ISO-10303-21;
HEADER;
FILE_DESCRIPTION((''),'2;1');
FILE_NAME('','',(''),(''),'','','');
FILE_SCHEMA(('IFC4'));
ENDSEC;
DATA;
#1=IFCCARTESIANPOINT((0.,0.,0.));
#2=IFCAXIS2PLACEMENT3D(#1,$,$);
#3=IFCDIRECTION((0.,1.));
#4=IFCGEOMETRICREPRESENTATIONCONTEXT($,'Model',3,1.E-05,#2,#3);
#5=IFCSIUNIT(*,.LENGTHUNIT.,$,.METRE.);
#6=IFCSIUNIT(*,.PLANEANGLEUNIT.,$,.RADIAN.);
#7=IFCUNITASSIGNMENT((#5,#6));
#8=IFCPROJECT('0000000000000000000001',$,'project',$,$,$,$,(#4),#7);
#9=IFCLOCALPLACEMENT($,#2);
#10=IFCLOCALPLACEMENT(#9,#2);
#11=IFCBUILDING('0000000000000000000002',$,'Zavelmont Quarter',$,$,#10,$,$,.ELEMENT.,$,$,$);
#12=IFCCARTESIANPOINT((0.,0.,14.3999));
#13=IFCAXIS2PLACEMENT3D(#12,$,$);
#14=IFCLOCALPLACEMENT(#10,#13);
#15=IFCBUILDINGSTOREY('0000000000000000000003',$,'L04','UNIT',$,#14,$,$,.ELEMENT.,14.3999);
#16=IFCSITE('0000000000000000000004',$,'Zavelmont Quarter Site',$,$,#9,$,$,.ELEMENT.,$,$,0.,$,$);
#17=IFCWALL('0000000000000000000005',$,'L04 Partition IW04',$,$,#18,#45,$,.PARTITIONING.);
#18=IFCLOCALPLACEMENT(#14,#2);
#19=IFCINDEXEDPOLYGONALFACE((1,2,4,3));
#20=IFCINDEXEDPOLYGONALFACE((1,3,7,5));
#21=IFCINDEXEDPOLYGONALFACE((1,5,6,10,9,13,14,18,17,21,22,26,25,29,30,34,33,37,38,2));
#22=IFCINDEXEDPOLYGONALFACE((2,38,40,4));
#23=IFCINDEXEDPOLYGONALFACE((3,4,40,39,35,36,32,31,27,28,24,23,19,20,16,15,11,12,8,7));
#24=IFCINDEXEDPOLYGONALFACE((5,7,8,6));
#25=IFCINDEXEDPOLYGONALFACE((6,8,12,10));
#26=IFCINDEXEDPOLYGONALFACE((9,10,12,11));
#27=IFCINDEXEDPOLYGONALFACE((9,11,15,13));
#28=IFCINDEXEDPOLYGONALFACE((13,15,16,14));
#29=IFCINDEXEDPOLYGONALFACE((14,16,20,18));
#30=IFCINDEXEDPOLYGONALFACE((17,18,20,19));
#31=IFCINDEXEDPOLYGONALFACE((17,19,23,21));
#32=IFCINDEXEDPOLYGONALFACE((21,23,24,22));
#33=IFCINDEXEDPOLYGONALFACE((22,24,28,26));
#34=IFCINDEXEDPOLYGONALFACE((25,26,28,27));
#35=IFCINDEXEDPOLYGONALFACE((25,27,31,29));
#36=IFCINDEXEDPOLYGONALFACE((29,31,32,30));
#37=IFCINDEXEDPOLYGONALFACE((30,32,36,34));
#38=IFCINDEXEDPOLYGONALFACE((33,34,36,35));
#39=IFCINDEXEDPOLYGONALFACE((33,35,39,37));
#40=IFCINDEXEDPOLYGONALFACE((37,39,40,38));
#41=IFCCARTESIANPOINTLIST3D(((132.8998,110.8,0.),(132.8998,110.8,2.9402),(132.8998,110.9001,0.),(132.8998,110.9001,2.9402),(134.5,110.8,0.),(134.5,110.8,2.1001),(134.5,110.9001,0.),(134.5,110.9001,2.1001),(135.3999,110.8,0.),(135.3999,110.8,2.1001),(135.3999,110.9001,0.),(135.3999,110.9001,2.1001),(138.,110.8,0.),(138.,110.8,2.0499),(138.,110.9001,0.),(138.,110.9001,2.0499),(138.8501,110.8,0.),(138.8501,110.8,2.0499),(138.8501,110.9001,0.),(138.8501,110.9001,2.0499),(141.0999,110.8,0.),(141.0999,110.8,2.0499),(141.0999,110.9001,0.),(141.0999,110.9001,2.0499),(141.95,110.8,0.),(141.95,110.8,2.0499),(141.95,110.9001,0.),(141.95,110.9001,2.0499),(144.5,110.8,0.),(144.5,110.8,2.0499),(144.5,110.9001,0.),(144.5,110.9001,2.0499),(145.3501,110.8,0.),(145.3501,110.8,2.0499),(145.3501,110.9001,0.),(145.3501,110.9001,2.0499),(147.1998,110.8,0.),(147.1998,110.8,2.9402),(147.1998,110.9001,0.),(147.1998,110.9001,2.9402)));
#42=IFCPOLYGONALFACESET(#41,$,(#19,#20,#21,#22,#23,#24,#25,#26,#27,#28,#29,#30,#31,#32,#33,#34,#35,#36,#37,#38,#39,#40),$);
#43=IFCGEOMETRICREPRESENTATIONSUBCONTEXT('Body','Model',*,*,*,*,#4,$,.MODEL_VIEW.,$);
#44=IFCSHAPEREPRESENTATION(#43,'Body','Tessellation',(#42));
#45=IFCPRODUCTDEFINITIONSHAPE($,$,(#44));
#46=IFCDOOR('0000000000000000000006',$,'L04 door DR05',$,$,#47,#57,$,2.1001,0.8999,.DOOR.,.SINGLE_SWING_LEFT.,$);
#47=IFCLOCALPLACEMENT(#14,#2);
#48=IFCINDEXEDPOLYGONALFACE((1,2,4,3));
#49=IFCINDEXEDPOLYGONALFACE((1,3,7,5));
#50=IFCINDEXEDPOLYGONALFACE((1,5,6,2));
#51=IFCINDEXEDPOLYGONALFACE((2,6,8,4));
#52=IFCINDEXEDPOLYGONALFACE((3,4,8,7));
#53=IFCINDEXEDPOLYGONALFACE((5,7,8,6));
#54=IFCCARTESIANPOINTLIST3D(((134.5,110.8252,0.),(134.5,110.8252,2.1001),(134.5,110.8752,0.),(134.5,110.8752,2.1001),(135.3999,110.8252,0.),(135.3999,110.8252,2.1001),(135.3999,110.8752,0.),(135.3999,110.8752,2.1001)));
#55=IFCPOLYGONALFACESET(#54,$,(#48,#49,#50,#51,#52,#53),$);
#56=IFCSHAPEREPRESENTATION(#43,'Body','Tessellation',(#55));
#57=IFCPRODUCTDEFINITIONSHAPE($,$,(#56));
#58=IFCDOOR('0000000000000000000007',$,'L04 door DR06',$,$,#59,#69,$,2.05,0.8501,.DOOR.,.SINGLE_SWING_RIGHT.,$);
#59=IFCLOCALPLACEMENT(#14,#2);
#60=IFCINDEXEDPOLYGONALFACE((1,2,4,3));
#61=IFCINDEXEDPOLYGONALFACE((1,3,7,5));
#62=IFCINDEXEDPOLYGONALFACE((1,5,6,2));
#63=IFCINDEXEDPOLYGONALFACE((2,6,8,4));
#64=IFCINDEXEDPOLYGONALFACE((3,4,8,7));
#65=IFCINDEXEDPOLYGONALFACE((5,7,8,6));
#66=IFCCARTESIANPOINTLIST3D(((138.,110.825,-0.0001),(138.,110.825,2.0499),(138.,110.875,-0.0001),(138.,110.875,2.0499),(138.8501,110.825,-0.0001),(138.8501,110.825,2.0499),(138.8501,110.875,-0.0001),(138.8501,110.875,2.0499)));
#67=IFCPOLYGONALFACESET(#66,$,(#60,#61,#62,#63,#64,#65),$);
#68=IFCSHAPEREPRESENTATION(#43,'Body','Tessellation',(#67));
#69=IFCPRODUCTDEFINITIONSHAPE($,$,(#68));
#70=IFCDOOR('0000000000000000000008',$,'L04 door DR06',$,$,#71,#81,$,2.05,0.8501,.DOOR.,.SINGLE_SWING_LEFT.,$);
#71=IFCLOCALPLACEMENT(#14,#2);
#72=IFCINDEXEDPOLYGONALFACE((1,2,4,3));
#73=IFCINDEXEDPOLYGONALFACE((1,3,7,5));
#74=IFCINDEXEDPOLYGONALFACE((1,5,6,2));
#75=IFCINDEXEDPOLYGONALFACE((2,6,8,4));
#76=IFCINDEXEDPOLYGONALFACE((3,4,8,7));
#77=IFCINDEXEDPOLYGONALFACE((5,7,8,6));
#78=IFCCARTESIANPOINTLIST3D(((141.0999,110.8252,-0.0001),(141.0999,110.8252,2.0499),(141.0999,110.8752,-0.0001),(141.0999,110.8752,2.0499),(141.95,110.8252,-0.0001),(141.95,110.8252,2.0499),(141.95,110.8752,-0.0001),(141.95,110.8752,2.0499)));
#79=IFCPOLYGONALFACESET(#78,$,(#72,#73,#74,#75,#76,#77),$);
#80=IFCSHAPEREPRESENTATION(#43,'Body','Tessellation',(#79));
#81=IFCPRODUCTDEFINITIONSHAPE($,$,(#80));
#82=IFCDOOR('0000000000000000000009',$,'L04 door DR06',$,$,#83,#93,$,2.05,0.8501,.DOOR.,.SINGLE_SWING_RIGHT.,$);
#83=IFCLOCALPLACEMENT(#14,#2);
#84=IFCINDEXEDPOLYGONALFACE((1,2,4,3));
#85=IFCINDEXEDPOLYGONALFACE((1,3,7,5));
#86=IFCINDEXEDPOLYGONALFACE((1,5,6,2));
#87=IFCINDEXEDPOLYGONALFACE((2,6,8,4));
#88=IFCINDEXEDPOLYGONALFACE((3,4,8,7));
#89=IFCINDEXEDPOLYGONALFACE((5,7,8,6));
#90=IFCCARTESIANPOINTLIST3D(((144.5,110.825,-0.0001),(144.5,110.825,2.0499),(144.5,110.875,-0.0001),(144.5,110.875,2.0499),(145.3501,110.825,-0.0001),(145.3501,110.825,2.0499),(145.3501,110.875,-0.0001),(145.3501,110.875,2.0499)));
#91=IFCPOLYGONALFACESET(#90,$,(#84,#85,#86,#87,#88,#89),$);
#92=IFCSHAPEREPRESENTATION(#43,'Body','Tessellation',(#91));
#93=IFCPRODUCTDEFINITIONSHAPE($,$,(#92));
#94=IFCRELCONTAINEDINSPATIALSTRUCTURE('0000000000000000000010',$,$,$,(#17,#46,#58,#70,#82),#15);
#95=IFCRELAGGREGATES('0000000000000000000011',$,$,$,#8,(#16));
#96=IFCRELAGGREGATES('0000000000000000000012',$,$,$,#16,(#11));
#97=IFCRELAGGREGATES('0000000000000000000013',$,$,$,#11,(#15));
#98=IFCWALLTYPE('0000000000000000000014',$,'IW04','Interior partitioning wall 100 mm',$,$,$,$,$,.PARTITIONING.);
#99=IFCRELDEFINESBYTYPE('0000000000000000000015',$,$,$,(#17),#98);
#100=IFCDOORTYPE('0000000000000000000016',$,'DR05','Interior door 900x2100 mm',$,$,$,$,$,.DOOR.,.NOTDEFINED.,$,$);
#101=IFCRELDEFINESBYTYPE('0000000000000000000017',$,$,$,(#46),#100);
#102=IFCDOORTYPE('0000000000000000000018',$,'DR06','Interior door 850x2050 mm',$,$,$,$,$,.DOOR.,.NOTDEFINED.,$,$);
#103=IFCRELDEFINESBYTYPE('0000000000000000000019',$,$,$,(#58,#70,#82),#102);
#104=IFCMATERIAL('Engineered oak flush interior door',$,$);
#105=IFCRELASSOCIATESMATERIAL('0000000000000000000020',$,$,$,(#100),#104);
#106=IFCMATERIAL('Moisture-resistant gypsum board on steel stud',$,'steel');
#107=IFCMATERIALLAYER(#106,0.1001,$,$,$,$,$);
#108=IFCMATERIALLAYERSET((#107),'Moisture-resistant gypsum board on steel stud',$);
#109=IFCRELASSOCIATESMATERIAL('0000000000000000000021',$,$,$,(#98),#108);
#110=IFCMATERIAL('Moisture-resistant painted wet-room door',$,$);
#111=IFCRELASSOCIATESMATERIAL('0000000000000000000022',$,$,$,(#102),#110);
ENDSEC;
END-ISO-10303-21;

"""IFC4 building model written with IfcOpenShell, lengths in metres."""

from ifc_helpers import new_model, si_unit, direction, frame, frame_2d, origin, origin_with_axes, place, context, subcontext, project, spatial, rectangle, extrude, material, layer, layer_set, type_object, element, fill, save


model = new_model("IFC4")

# Units and contexts
model_context = context("Model", 3, precision=1e-05, world=origin(), true_north=direction((0.0, 1.0)))
body_context = subcontext(model_context, "Body", "Model", "MODEL_VIEW")
ifc_project = project(units=[si_unit("LENGTHUNIT", "METRE"), si_unit("PLANEANGLEUNIT", "RADIAN")], contexts=[model_context])

# Site, building, storey
site_placement = place(None, origin())
site = spatial("IfcSite", under=ifc_project, at=site_placement, Name="Zavelmont Quarter Site", CompositionType="ELEMENT", RefElevation=0.0)
building_placement = place(site_placement, origin())
building = spatial("IfcBuilding", under=site, at=building_placement, Name="Zavelmont Quarter", CompositionType="ELEMENT")
storey_placement = place(building_placement, frame((0.0, 0.0, 14.3999)))
storey = spatial("IfcBuildingStorey", under=building, at=storey_placement, Name="L04", Description="UNIT", CompositionType="ELEMENT", Elevation=14.3999)

# Shared definitions
ifc_material_1 = material(Name="Engineered oak flush interior door")
door_type_1 = type_object("IfcDoorType", Name="DR05", Description="Interior door 900x2100 mm", OperationType="NOTDEFINED", PredefinedType="DOOR", material=ifc_material_1)

# Wall, openings, doors
ifc_material_2 = material(Name="Moisture-resistant gypsum board on steel stud", Category="steel")
ifc_layer_1 = layer(ifc_material_2, 0.1001)
ifc_layer_set_1 = layer_set([ifc_layer_1], Name="Moisture-resistant gypsum board on steel stud")
wall_type_1 = type_object("IfcWallType", Name="IW04", Description="Interior partitioning wall 100 mm", PredefinedType="PARTITIONING", material=ifc_layer_set_1)
wall_1_placement = place(storey_placement, frame((132.8999, 110.8501, 0.0), z_axis=(0.0, 0.0, 1.0), x_axis=(1.0, 0.0, 0.0)))
wall_1 = element("IfcWall", 1, at=wall_1_placement, inside=storey, type_object=wall_type_1, Name="L04 Partition IW04", PredefinedType="PARTITIONING", context=body_context, shape_type="SweptSolid", body=[
    extrude(rectangle(XDim=14.3, YDim=0.1001, at=frame_2d((7.1499, 0.0))), origin(), (0.0, 0.0, 1.0), 2.9402),
])
opening_1_placement = place(wall_1_placement, frame((1.6001, 0.0, 0.0)))
opening_1 = element("IfcOpeningElement", 2, at=opening_1_placement, cuts=wall_1, PredefinedType="OPENING", context=body_context, shape_type="SweptSolid", body=[
    extrude(rectangle(XDim=0.8999, YDim=2.1001, at=frame_2d((0.45, 1.05))), frame((0.0, 0.062, 0.0), z_axis=(0.0, -1.0, 0.0), x_axis=(1.0, 0.0, 0.0)), (0.0, 0.0, 1.0), 0.124),
])
opening_2_placement = place(wall_1_placement, frame((5.1001, 0.0, 0.0)))
opening_2 = element("IfcOpeningElement", 3, at=opening_2_placement, cuts=wall_1, PredefinedType="OPENING", context=body_context, shape_type="SweptSolid", body=[
    extrude(rectangle(XDim=0.8501, YDim=2.05, at=frame_2d((0.425, 1.0249))), frame((0.0, 0.062, 0.0), z_axis=(0.0, -1.0, 0.0), x_axis=(1.0, 0.0, 0.0)), (0.0, 0.0, 1.0), 0.124),
])
opening_3_placement = place(wall_1_placement, frame((8.2, 0.0, 0.0)))
opening_3 = element("IfcOpeningElement", 4, at=opening_3_placement, cuts=wall_1, PredefinedType="OPENING", context=body_context, shape_type="SweptSolid", body=[
    extrude(rectangle(XDim=0.8501, YDim=2.05, at=frame_2d((0.425, 1.0249))), frame((0.0, 0.062, 0.0), z_axis=(0.0, -1.0, 0.0), x_axis=(1.0, 0.0, 0.0)), (0.0, 0.0, 1.0), 0.124),
])
opening_4_placement = place(wall_1_placement, frame((11.6001, 0.0, 0.0)))
opening_4 = element("IfcOpeningElement", 5, at=opening_4_placement, cuts=wall_1, PredefinedType="OPENING", context=body_context, shape_type="SweptSolid", body=[
    extrude(rectangle(XDim=0.8501, YDim=2.05, at=frame_2d((0.425, 1.0249))), frame((0.0, 0.062, 0.0), z_axis=(0.0, -1.0, 0.0), x_axis=(1.0, 0.0, 0.0)), (0.0, 0.0, 1.0), 0.124),
])
door_1_placement = place(opening_1_placement, frame((0.8999, 0.0, 0.0), z_axis=(0.0, 0.0, 1.0), x_axis=(-1.0, 0.0, 0.0)))
door_1 = element("IfcDoor", 6, at=door_1_placement, inside=storey, type_object=door_type_1, Name="L04 door DR05", OperationType="SINGLE_SWING_LEFT", OverallHeight=2.1001, OverallWidth=0.8999, PredefinedType="DOOR", context=body_context, shape_type="SweptSolid", body=[
    extrude(rectangle(XDim=0.8999, YDim=2.1001, at=frame_2d((0.45, 1.05))), frame((0.0, 0.0249, 0.0), z_axis=(0.0, -1.0, 0.0), x_axis=(1.0, 0.0, 0.0)), (0.0, 0.0, 1.0), 0.05),
])
fill(opening_1, door_1)
ifc_material_3 = material(Name="Moisture-resistant painted wet-room door")
door_type_2 = type_object("IfcDoorType", Name="DR06", Description="Interior door 850x2050 mm", OperationType="NOTDEFINED", PredefinedType="DOOR", material=ifc_material_3)
door_2_placement = place(opening_2_placement, origin_with_axes())
door_2 = element("IfcDoor", 7, at=door_2_placement, inside=storey, type_object=door_type_2, Name="L04 door DR06", OperationType="SINGLE_SWING_RIGHT", OverallHeight=2.05, OverallWidth=0.8501, PredefinedType="DOOR", context=body_context, shape_type="SweptSolid", body=[
    extrude(rectangle(XDim=0.8501, YDim=2.05, at=frame_2d((0.425, 1.0249))), frame((0.0, 0.0249, 0.0), z_axis=(0.0, -1.0, 0.0), x_axis=(1.0, 0.0, 0.0)), (0.0, 0.0, 1.0), 0.05),
])
fill(opening_2, door_2)
door_3_placement = place(opening_3_placement, frame((0.8501, 0.0, 0.0), z_axis=(0.0, 0.0, 1.0), x_axis=(-1.0, 0.0, 0.0)))
door_3 = element("IfcDoor", 8, at=door_3_placement, inside=storey, type_object=door_type_2, Name="L04 door DR06", OperationType="SINGLE_SWING_LEFT", OverallHeight=2.05, OverallWidth=0.8501, PredefinedType="DOOR", context=body_context, shape_type="SweptSolid", body=[
    extrude(rectangle(XDim=0.8501, YDim=2.05, at=frame_2d((0.425, 1.0249))), frame((0.0, 0.0249, 0.0), z_axis=(0.0, -1.0, 0.0), x_axis=(1.0, 0.0, 0.0)), (0.0, 0.0, 1.0), 0.05),
])
fill(opening_3, door_3)
door_4_placement = place(opening_4_placement, origin_with_axes())
door_4 = element("IfcDoor", 9, at=door_4_placement, inside=storey, type_object=door_type_2, Name="L04 door DR06", OperationType="SINGLE_SWING_RIGHT", OverallHeight=2.05, OverallWidth=0.8501, PredefinedType="DOOR", context=body_context, shape_type="SweptSolid", body=[
    extrude(rectangle(XDim=0.8501, YDim=2.05, at=frame_2d((0.425, 1.0249))), frame((0.0, 0.0249, 0.0), z_axis=(0.0, -1.0, 0.0), x_axis=(1.0, 0.0, 0.0)), (0.0, 0.0, 1.0), 0.05),
])
fill(opening_4, door_4)

save(model, "model.ifc")
